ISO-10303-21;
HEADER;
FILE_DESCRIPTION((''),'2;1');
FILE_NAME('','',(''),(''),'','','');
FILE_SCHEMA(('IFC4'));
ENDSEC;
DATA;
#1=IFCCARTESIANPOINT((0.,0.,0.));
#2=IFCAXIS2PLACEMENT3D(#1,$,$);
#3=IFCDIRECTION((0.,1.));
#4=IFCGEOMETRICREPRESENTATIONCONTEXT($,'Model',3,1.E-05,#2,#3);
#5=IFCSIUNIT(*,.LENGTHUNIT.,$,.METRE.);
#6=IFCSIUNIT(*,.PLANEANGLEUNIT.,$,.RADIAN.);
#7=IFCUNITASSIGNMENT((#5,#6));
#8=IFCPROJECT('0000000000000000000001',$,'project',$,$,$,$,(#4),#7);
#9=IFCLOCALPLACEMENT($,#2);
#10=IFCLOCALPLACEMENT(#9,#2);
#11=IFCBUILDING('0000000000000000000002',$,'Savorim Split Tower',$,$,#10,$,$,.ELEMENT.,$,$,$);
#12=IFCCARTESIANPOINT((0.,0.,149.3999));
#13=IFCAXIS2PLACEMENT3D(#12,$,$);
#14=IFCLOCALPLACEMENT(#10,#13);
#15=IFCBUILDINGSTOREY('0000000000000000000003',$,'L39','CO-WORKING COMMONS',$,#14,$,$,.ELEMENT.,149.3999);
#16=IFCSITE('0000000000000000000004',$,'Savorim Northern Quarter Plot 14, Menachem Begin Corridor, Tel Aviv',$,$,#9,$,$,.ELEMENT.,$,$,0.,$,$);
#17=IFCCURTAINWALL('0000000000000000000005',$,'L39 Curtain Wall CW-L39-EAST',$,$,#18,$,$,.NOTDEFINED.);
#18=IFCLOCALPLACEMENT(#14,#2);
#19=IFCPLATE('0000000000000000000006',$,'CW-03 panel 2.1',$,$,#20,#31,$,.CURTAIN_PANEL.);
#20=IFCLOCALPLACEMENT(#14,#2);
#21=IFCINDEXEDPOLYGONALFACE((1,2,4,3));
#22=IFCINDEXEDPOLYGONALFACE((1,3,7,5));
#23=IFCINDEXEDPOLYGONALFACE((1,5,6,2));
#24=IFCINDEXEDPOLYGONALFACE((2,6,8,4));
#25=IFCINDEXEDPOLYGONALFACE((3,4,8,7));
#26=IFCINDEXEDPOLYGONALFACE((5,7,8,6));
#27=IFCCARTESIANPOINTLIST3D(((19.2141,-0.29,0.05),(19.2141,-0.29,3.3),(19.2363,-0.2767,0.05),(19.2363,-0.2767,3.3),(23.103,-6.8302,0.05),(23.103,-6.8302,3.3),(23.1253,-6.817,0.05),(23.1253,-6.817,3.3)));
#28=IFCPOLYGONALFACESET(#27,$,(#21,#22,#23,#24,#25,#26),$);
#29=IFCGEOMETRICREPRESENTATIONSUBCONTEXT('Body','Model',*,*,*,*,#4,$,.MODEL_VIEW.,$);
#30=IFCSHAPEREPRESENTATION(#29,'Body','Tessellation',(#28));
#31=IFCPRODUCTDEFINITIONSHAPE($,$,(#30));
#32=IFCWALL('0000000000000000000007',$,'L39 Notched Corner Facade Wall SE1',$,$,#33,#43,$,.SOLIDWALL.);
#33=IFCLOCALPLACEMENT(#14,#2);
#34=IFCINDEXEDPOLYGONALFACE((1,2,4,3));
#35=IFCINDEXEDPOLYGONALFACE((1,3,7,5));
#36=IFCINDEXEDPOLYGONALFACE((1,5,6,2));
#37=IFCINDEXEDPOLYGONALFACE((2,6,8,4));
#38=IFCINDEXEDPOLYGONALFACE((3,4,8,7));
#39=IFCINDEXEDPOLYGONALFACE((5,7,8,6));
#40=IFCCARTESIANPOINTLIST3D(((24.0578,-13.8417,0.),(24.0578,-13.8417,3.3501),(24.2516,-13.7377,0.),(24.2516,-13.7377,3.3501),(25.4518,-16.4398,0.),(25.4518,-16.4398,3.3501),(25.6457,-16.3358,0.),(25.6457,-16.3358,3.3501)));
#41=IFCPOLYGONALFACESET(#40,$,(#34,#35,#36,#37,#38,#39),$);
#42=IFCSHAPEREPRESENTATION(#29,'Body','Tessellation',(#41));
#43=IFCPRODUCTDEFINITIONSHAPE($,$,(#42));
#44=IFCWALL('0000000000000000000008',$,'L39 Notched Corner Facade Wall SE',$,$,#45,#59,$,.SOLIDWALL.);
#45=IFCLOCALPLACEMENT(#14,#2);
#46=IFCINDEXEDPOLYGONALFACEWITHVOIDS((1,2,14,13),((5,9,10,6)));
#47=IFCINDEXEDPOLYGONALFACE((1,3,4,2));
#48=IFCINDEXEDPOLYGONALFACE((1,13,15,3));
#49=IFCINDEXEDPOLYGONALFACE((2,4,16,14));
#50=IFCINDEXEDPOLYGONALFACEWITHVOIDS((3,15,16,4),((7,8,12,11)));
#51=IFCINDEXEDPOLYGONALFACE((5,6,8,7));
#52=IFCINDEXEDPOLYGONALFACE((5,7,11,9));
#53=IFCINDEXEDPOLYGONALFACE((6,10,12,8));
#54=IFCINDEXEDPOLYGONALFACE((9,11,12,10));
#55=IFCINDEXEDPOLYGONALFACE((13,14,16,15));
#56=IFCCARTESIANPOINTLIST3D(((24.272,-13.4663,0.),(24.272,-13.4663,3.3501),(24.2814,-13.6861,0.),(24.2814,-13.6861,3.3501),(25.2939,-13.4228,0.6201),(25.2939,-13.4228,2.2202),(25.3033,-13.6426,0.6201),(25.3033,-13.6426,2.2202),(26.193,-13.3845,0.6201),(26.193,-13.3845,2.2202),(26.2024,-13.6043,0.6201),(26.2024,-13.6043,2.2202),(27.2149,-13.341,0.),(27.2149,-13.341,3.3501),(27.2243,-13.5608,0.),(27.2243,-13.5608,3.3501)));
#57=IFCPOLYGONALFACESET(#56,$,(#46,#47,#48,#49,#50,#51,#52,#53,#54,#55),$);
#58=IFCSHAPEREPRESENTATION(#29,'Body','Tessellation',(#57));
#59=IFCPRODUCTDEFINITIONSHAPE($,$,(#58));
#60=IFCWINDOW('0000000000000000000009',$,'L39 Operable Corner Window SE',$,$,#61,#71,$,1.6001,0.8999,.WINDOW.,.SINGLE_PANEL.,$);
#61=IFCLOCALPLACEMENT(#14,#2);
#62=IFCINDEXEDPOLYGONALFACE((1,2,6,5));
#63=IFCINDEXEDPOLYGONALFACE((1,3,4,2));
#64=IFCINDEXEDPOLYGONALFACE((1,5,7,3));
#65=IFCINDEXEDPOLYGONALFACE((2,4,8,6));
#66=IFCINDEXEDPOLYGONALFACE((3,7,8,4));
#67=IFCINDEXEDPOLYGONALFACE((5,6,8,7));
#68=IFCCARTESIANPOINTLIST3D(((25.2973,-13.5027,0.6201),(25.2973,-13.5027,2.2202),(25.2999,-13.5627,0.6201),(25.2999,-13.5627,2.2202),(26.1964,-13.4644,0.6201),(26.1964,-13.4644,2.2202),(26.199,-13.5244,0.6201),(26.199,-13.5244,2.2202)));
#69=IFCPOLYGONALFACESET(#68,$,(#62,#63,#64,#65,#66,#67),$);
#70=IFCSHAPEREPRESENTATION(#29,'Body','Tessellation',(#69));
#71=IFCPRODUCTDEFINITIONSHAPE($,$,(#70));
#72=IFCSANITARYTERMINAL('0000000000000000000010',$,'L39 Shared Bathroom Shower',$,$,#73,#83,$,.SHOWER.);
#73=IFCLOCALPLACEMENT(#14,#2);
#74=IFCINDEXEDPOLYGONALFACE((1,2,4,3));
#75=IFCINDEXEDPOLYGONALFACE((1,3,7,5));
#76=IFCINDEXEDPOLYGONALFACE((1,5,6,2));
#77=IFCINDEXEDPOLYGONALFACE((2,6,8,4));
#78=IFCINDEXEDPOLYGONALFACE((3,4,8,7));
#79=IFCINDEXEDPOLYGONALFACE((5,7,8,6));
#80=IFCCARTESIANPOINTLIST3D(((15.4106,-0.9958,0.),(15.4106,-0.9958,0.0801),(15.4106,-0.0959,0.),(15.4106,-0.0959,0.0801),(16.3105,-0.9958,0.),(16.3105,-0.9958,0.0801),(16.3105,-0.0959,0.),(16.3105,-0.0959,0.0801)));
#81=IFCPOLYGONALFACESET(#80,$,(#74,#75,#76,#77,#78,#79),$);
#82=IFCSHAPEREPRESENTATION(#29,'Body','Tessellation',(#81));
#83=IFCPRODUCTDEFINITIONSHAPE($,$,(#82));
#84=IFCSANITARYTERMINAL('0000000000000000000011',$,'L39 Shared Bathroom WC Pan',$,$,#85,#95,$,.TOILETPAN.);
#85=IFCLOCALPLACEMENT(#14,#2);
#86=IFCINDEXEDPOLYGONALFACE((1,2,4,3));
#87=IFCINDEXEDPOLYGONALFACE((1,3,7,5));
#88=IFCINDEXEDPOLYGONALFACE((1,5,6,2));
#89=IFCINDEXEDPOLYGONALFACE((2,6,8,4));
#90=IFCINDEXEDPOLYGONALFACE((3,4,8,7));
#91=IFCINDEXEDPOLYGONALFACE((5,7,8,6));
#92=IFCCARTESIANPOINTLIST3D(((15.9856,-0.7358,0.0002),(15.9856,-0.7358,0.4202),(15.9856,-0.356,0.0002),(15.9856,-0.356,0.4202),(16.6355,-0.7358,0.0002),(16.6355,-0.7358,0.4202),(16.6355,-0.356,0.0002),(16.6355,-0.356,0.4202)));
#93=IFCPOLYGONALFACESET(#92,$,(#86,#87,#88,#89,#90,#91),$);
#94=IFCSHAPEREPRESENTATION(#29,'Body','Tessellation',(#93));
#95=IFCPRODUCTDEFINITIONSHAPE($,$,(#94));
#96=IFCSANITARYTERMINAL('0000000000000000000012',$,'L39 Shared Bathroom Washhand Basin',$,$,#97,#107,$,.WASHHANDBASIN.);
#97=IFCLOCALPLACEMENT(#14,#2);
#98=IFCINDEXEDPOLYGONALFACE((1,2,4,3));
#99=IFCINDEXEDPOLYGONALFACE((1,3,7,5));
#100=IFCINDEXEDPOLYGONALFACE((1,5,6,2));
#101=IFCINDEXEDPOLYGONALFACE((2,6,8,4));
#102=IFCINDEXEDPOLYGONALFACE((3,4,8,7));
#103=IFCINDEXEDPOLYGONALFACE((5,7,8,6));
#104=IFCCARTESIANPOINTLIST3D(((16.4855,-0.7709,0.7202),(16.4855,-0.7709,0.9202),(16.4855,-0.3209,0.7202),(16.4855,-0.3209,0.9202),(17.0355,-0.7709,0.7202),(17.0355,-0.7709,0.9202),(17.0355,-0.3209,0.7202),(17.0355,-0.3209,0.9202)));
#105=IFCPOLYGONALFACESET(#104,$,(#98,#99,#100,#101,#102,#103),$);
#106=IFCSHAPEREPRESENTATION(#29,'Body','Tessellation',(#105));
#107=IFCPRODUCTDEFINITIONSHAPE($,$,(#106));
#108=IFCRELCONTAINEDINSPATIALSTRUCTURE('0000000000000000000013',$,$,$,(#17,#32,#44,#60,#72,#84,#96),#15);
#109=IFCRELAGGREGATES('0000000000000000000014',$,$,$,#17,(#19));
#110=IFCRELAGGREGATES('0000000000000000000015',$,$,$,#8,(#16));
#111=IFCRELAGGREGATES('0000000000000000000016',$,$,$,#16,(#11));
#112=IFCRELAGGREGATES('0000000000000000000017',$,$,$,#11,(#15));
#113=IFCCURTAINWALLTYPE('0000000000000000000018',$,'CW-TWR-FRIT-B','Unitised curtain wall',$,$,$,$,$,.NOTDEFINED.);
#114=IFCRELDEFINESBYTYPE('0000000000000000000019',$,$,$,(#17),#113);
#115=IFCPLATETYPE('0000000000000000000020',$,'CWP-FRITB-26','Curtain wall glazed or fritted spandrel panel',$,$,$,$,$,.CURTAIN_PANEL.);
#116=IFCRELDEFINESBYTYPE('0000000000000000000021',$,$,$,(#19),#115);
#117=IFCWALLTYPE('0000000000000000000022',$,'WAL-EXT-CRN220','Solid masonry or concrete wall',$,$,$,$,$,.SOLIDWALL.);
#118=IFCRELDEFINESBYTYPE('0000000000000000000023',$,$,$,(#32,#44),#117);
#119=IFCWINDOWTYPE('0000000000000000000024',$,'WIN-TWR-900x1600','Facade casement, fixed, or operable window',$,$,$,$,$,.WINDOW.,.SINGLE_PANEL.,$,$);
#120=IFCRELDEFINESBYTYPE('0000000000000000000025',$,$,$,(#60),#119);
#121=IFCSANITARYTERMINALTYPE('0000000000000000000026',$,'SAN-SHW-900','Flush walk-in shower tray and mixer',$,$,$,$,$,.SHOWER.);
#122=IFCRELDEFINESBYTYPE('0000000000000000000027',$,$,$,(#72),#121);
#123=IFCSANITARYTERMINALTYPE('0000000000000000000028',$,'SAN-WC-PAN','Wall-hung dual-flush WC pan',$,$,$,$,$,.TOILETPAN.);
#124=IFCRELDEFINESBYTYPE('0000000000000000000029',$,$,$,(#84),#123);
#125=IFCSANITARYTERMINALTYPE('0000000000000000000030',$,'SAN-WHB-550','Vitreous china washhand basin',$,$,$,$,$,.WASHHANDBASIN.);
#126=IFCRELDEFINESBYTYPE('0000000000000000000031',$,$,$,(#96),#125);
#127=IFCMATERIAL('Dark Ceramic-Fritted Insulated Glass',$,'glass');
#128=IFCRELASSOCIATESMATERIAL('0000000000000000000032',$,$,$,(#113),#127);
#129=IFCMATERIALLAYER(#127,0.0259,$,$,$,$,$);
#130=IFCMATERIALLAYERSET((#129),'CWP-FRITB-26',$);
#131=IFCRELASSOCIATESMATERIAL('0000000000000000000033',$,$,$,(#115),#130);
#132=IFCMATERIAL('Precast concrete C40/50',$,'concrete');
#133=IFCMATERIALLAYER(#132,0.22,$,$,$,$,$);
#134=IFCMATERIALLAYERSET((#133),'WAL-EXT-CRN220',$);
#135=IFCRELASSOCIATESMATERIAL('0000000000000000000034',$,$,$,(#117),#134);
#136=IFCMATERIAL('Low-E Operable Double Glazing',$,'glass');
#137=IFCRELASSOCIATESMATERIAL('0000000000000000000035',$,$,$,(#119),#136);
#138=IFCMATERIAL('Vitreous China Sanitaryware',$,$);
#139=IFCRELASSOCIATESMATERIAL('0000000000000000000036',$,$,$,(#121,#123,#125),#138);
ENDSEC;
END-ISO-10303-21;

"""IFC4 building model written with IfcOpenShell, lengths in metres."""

from ifc_helpers import new_model, si_unit, direction, frame, frame_2d, origin, origin_2d, place, context, subcontext, project, spatial, rectangle, extrude, material, layer, layer_set, type_object, element, fill, aggregate, save


model = new_model("IFC4")

# Units and contexts
model_context = context("Model", 3, precision=1e-05, world=origin(), true_north=direction((0.0, 1.0)))
body_context = subcontext(model_context, "Body", "Model", "MODEL_VIEW")
ifc_project = project(units=[si_unit("LENGTHUNIT", "METRE"), si_unit("PLANEANGLEUNIT", "RADIAN")], contexts=[model_context])

# Site, building, storey
site_placement = place(None, origin())
site = spatial("IfcSite", under=ifc_project, at=site_placement, Name="Savorim Northern Quarter Plot 14, Menachem Begin Corridor, Tel Aviv", CompositionType="ELEMENT", RefElevation=0.0)
building_placement = place(site_placement, origin())
building = spatial("IfcBuilding", under=site, at=building_placement, Name="Savorim Split Tower", CompositionType="ELEMENT")
storey_placement = place(building_placement, frame((0.0, 0.0, 149.3999)))
storey = spatial("IfcBuildingStorey", under=building, at=storey_placement, Name="L39", Description="CO-WORKING COMMONS", CompositionType="ELEMENT", Elevation=149.3999)

# Curtain wall, plate
ifc_material_1 = material(Name="Dark Ceramic-Fritted Insulated Glass", Category="glass")
curtain_wall_type = type_object("IfcCurtainWallType", Name="CW-TWR-FRIT-B", Description="Unitised curtain wall", PredefinedType="NOTDEFINED", material=ifc_material_1)
curtain_wall_placement = place(storey_placement, origin())
curtain_wall = element("IfcCurtainWall", 1, at=curtain_wall_placement, inside=storey, type_object=curtain_wall_type, Name="L39 Curtain Wall CW-L39-EAST", PredefinedType="NOTDEFINED")
ifc_layer_1 = layer(ifc_material_1, 0.0259)
ifc_layer_set_1 = layer_set([ifc_layer_1], Name="CWP-FRITB-26")
plate_type = type_object("IfcPlateType", Name="CWP-FRITB-26", Description="Curtain wall glazed or fritted spandrel panel", PredefinedType="CURTAIN_PANEL", material=ifc_layer_set_1)
plate_1_placement = place(storey_placement, frame((21.1697, -3.5535, 0.05), z_axis=(0.0, 0.0, 1.0), x_axis=(-0.511091, 0.859526, 0.0)))
plate_1 = element("IfcPlate", 2, at=plate_1_placement, type_object=plate_type, Name="CW-03 panel 2.1", PredefinedType="CURTAIN_PANEL", context=body_context, shape_type="SweptSolid", body=[
    extrude(rectangle(XDim=7.6091, YDim=0.0259, at=origin_2d()), origin(), (0.0, 0.0, 1.0), 3.25),
])
aggregate(curtain_wall, [plate_1])

# Wall
ifc_material_2 = material(Name="Precast concrete C40/50", Category="concrete")
ifc_layer_2 = layer(ifc_material_2, 0.22)
ifc_layer_set_2 = layer_set([ifc_layer_2], Name="WAL-EXT-CRN220")
wall_type = type_object("IfcWallType", Name="WAL-EXT-CRN220", Description="Solid masonry or concrete wall", PredefinedType="SOLIDWALL", material=ifc_layer_set_2)
wall_1_placement = place(storey_placement, frame((24.1548, -13.7898, 0.0), z_axis=(0.0, 0.0, 1.0), x_axis=(0.472796, -0.881172, 0.0)))
element("IfcWall", 3, at=wall_1_placement, inside=storey, type_object=wall_type, Name="L39 Notched Corner Facade Wall SE1", PredefinedType="SOLIDWALL", context=body_context, shape_type="SweptSolid", body=[
    extrude(rectangle(XDim=2.9485, YDim=0.22, at=frame_2d((1.4741, 0.0))), origin(), (0.0, 0.0, 1.0), 3.3501),
])

# Wall, opening, window
wall_2_placement = place(storey_placement, frame((27.2195, -13.4509, 0.0), z_axis=(0.0, 0.0, 1.0), x_axis=(-0.999096, -0.04252, 0.0)))
wall_2 = element("IfcWall", 4, at=wall_2_placement, inside=storey, type_object=wall_type, Name="L39 Notched Corner Facade Wall SE", PredefinedType="SOLIDWALL", context=body_context, shape_type="SweptSolid", body=[
    extrude(rectangle(XDim=2.9456, YDim=0.22, at=frame_2d((1.4727, 0.0))), origin(), (0.0, 0.0, 1.0), 3.3501),
])
opening_placement = place(wall_2_placement, frame((1.0227, 0.0, 0.6201)))
opening = element("IfcOpeningElement", 5, at=opening_placement, cuts=wall_2, PredefinedType="OPENING", context=body_context, shape_type="SweptSolid", body=[
    extrude(rectangle(XDim=0.8999, YDim=1.6001, at=frame_2d((0.45, 0.8))), frame((0.0, 0.1199, 0.0), z_axis=(0.0, -1.0, 0.0), x_axis=(1.0, 0.0, 0.0)), (0.0, 0.0, 1.0), 0.24),
])
ifc_material_3 = material(Name="Low-E Operable Double Glazing", Category="glass")
window_type = type_object("IfcWindowType", Name="WIN-TWR-900x1600", Description="Facade casement, fixed, or operable window", PartitioningType="SINGLE_PANEL", PredefinedType="WINDOW", material=ifc_material_3)
window_placement = place(opening_placement, origin())
window = element("IfcWindow", 6, at=window_placement, inside=storey, type_object=window_type, Name="L39 Operable Corner Window SE", OverallHeight=1.6001, OverallWidth=0.8999, PartitioningType="SINGLE_PANEL", PredefinedType="WINDOW", context=body_context, shape_type="SweptSolid", body=[
    extrude(rectangle(XDim=0.8999, YDim=1.6001, at=frame_2d((0.45, 0.8))), frame((0.0, 0.03, 0.0), z_axis=(0.0, -1.0, 0.0), x_axis=(1.0, 0.0, 0.0)), (0.0, 0.0, 1.0), 0.0601),
])
fill(opening, window)

# Sanitary terminals
ifc_material_4 = material(Name="Vitreous China Sanitaryware")
sanitary_terminal_type_1 = type_object("IfcSanitaryTerminalType", Name="SAN-SHW-900", Description="Flush walk-in shower tray and mixer", PredefinedType="SHOWER", material=ifc_material_4)
sanitary_terminal_1_placement = place(storey_placement, frame((15.8606, -0.5459, 0.0), z_axis=(0.0, 0.0, 1.0), x_axis=(1.0, 0.0, 0.0)))
element("IfcSanitaryTerminal", 7, at=sanitary_terminal_1_placement, inside=storey, type_object=sanitary_terminal_type_1, Name="L39 Shared Bathroom Shower", PredefinedType="SHOWER", context=body_context, shape_type="SweptSolid", body=[
    extrude(rectangle(XDim=0.8999, YDim=0.8999, at=origin_2d()), origin(), (0.0, 0.0, 1.0), 0.0801),
])
sanitary_terminal_type_2 = type_object("IfcSanitaryTerminalType", Name="SAN-WC-PAN", Description="Wall-hung dual-flush WC pan", PredefinedType="TOILETPAN", material=ifc_material_4)
sanitary_terminal_2_placement = place(storey_placement, frame((16.3105, -0.5459, 0.0002), z_axis=(0.0, 0.0, 1.0), x_axis=(1.0, 0.0, 0.0)))
element("IfcSanitaryTerminal", 8, at=sanitary_terminal_2_placement, inside=storey, type_object=sanitary_terminal_type_2, Name="L39 Shared Bathroom WC Pan", PredefinedType="TOILETPAN", context=body_context, shape_type="SweptSolid", body=[
    extrude(rectangle(XDim=0.6499, YDim=0.3799, at=origin_2d()), origin(), (0.0, 0.0, 1.0), 0.4199),
])
sanitary_terminal_type_3 = type_object("IfcSanitaryTerminalType", Name="SAN-WHB-550", Description="Vitreous china washhand basin", PredefinedType="WASHHANDBASIN", material=ifc_material_4)
sanitary_terminal_3_placement = place(storey_placement, frame((16.7605, -0.5459, 0.7202), z_axis=(0.0, 0.0, 1.0), x_axis=(1.0, 0.0, 0.0)))
element("IfcSanitaryTerminal", 9, at=sanitary_terminal_3_placement, inside=storey, type_object=sanitary_terminal_type_3, Name="L39 Shared Bathroom Washhand Basin", PredefinedType="WASHHANDBASIN", context=body_context, shape_type="SweptSolid", body=[
    extrude(rectangle(XDim=0.55, YDim=0.45, at=origin_2d()), origin(), (0.0, 0.0, 1.0), 0.2),
])

save(model, "model.ifc")
